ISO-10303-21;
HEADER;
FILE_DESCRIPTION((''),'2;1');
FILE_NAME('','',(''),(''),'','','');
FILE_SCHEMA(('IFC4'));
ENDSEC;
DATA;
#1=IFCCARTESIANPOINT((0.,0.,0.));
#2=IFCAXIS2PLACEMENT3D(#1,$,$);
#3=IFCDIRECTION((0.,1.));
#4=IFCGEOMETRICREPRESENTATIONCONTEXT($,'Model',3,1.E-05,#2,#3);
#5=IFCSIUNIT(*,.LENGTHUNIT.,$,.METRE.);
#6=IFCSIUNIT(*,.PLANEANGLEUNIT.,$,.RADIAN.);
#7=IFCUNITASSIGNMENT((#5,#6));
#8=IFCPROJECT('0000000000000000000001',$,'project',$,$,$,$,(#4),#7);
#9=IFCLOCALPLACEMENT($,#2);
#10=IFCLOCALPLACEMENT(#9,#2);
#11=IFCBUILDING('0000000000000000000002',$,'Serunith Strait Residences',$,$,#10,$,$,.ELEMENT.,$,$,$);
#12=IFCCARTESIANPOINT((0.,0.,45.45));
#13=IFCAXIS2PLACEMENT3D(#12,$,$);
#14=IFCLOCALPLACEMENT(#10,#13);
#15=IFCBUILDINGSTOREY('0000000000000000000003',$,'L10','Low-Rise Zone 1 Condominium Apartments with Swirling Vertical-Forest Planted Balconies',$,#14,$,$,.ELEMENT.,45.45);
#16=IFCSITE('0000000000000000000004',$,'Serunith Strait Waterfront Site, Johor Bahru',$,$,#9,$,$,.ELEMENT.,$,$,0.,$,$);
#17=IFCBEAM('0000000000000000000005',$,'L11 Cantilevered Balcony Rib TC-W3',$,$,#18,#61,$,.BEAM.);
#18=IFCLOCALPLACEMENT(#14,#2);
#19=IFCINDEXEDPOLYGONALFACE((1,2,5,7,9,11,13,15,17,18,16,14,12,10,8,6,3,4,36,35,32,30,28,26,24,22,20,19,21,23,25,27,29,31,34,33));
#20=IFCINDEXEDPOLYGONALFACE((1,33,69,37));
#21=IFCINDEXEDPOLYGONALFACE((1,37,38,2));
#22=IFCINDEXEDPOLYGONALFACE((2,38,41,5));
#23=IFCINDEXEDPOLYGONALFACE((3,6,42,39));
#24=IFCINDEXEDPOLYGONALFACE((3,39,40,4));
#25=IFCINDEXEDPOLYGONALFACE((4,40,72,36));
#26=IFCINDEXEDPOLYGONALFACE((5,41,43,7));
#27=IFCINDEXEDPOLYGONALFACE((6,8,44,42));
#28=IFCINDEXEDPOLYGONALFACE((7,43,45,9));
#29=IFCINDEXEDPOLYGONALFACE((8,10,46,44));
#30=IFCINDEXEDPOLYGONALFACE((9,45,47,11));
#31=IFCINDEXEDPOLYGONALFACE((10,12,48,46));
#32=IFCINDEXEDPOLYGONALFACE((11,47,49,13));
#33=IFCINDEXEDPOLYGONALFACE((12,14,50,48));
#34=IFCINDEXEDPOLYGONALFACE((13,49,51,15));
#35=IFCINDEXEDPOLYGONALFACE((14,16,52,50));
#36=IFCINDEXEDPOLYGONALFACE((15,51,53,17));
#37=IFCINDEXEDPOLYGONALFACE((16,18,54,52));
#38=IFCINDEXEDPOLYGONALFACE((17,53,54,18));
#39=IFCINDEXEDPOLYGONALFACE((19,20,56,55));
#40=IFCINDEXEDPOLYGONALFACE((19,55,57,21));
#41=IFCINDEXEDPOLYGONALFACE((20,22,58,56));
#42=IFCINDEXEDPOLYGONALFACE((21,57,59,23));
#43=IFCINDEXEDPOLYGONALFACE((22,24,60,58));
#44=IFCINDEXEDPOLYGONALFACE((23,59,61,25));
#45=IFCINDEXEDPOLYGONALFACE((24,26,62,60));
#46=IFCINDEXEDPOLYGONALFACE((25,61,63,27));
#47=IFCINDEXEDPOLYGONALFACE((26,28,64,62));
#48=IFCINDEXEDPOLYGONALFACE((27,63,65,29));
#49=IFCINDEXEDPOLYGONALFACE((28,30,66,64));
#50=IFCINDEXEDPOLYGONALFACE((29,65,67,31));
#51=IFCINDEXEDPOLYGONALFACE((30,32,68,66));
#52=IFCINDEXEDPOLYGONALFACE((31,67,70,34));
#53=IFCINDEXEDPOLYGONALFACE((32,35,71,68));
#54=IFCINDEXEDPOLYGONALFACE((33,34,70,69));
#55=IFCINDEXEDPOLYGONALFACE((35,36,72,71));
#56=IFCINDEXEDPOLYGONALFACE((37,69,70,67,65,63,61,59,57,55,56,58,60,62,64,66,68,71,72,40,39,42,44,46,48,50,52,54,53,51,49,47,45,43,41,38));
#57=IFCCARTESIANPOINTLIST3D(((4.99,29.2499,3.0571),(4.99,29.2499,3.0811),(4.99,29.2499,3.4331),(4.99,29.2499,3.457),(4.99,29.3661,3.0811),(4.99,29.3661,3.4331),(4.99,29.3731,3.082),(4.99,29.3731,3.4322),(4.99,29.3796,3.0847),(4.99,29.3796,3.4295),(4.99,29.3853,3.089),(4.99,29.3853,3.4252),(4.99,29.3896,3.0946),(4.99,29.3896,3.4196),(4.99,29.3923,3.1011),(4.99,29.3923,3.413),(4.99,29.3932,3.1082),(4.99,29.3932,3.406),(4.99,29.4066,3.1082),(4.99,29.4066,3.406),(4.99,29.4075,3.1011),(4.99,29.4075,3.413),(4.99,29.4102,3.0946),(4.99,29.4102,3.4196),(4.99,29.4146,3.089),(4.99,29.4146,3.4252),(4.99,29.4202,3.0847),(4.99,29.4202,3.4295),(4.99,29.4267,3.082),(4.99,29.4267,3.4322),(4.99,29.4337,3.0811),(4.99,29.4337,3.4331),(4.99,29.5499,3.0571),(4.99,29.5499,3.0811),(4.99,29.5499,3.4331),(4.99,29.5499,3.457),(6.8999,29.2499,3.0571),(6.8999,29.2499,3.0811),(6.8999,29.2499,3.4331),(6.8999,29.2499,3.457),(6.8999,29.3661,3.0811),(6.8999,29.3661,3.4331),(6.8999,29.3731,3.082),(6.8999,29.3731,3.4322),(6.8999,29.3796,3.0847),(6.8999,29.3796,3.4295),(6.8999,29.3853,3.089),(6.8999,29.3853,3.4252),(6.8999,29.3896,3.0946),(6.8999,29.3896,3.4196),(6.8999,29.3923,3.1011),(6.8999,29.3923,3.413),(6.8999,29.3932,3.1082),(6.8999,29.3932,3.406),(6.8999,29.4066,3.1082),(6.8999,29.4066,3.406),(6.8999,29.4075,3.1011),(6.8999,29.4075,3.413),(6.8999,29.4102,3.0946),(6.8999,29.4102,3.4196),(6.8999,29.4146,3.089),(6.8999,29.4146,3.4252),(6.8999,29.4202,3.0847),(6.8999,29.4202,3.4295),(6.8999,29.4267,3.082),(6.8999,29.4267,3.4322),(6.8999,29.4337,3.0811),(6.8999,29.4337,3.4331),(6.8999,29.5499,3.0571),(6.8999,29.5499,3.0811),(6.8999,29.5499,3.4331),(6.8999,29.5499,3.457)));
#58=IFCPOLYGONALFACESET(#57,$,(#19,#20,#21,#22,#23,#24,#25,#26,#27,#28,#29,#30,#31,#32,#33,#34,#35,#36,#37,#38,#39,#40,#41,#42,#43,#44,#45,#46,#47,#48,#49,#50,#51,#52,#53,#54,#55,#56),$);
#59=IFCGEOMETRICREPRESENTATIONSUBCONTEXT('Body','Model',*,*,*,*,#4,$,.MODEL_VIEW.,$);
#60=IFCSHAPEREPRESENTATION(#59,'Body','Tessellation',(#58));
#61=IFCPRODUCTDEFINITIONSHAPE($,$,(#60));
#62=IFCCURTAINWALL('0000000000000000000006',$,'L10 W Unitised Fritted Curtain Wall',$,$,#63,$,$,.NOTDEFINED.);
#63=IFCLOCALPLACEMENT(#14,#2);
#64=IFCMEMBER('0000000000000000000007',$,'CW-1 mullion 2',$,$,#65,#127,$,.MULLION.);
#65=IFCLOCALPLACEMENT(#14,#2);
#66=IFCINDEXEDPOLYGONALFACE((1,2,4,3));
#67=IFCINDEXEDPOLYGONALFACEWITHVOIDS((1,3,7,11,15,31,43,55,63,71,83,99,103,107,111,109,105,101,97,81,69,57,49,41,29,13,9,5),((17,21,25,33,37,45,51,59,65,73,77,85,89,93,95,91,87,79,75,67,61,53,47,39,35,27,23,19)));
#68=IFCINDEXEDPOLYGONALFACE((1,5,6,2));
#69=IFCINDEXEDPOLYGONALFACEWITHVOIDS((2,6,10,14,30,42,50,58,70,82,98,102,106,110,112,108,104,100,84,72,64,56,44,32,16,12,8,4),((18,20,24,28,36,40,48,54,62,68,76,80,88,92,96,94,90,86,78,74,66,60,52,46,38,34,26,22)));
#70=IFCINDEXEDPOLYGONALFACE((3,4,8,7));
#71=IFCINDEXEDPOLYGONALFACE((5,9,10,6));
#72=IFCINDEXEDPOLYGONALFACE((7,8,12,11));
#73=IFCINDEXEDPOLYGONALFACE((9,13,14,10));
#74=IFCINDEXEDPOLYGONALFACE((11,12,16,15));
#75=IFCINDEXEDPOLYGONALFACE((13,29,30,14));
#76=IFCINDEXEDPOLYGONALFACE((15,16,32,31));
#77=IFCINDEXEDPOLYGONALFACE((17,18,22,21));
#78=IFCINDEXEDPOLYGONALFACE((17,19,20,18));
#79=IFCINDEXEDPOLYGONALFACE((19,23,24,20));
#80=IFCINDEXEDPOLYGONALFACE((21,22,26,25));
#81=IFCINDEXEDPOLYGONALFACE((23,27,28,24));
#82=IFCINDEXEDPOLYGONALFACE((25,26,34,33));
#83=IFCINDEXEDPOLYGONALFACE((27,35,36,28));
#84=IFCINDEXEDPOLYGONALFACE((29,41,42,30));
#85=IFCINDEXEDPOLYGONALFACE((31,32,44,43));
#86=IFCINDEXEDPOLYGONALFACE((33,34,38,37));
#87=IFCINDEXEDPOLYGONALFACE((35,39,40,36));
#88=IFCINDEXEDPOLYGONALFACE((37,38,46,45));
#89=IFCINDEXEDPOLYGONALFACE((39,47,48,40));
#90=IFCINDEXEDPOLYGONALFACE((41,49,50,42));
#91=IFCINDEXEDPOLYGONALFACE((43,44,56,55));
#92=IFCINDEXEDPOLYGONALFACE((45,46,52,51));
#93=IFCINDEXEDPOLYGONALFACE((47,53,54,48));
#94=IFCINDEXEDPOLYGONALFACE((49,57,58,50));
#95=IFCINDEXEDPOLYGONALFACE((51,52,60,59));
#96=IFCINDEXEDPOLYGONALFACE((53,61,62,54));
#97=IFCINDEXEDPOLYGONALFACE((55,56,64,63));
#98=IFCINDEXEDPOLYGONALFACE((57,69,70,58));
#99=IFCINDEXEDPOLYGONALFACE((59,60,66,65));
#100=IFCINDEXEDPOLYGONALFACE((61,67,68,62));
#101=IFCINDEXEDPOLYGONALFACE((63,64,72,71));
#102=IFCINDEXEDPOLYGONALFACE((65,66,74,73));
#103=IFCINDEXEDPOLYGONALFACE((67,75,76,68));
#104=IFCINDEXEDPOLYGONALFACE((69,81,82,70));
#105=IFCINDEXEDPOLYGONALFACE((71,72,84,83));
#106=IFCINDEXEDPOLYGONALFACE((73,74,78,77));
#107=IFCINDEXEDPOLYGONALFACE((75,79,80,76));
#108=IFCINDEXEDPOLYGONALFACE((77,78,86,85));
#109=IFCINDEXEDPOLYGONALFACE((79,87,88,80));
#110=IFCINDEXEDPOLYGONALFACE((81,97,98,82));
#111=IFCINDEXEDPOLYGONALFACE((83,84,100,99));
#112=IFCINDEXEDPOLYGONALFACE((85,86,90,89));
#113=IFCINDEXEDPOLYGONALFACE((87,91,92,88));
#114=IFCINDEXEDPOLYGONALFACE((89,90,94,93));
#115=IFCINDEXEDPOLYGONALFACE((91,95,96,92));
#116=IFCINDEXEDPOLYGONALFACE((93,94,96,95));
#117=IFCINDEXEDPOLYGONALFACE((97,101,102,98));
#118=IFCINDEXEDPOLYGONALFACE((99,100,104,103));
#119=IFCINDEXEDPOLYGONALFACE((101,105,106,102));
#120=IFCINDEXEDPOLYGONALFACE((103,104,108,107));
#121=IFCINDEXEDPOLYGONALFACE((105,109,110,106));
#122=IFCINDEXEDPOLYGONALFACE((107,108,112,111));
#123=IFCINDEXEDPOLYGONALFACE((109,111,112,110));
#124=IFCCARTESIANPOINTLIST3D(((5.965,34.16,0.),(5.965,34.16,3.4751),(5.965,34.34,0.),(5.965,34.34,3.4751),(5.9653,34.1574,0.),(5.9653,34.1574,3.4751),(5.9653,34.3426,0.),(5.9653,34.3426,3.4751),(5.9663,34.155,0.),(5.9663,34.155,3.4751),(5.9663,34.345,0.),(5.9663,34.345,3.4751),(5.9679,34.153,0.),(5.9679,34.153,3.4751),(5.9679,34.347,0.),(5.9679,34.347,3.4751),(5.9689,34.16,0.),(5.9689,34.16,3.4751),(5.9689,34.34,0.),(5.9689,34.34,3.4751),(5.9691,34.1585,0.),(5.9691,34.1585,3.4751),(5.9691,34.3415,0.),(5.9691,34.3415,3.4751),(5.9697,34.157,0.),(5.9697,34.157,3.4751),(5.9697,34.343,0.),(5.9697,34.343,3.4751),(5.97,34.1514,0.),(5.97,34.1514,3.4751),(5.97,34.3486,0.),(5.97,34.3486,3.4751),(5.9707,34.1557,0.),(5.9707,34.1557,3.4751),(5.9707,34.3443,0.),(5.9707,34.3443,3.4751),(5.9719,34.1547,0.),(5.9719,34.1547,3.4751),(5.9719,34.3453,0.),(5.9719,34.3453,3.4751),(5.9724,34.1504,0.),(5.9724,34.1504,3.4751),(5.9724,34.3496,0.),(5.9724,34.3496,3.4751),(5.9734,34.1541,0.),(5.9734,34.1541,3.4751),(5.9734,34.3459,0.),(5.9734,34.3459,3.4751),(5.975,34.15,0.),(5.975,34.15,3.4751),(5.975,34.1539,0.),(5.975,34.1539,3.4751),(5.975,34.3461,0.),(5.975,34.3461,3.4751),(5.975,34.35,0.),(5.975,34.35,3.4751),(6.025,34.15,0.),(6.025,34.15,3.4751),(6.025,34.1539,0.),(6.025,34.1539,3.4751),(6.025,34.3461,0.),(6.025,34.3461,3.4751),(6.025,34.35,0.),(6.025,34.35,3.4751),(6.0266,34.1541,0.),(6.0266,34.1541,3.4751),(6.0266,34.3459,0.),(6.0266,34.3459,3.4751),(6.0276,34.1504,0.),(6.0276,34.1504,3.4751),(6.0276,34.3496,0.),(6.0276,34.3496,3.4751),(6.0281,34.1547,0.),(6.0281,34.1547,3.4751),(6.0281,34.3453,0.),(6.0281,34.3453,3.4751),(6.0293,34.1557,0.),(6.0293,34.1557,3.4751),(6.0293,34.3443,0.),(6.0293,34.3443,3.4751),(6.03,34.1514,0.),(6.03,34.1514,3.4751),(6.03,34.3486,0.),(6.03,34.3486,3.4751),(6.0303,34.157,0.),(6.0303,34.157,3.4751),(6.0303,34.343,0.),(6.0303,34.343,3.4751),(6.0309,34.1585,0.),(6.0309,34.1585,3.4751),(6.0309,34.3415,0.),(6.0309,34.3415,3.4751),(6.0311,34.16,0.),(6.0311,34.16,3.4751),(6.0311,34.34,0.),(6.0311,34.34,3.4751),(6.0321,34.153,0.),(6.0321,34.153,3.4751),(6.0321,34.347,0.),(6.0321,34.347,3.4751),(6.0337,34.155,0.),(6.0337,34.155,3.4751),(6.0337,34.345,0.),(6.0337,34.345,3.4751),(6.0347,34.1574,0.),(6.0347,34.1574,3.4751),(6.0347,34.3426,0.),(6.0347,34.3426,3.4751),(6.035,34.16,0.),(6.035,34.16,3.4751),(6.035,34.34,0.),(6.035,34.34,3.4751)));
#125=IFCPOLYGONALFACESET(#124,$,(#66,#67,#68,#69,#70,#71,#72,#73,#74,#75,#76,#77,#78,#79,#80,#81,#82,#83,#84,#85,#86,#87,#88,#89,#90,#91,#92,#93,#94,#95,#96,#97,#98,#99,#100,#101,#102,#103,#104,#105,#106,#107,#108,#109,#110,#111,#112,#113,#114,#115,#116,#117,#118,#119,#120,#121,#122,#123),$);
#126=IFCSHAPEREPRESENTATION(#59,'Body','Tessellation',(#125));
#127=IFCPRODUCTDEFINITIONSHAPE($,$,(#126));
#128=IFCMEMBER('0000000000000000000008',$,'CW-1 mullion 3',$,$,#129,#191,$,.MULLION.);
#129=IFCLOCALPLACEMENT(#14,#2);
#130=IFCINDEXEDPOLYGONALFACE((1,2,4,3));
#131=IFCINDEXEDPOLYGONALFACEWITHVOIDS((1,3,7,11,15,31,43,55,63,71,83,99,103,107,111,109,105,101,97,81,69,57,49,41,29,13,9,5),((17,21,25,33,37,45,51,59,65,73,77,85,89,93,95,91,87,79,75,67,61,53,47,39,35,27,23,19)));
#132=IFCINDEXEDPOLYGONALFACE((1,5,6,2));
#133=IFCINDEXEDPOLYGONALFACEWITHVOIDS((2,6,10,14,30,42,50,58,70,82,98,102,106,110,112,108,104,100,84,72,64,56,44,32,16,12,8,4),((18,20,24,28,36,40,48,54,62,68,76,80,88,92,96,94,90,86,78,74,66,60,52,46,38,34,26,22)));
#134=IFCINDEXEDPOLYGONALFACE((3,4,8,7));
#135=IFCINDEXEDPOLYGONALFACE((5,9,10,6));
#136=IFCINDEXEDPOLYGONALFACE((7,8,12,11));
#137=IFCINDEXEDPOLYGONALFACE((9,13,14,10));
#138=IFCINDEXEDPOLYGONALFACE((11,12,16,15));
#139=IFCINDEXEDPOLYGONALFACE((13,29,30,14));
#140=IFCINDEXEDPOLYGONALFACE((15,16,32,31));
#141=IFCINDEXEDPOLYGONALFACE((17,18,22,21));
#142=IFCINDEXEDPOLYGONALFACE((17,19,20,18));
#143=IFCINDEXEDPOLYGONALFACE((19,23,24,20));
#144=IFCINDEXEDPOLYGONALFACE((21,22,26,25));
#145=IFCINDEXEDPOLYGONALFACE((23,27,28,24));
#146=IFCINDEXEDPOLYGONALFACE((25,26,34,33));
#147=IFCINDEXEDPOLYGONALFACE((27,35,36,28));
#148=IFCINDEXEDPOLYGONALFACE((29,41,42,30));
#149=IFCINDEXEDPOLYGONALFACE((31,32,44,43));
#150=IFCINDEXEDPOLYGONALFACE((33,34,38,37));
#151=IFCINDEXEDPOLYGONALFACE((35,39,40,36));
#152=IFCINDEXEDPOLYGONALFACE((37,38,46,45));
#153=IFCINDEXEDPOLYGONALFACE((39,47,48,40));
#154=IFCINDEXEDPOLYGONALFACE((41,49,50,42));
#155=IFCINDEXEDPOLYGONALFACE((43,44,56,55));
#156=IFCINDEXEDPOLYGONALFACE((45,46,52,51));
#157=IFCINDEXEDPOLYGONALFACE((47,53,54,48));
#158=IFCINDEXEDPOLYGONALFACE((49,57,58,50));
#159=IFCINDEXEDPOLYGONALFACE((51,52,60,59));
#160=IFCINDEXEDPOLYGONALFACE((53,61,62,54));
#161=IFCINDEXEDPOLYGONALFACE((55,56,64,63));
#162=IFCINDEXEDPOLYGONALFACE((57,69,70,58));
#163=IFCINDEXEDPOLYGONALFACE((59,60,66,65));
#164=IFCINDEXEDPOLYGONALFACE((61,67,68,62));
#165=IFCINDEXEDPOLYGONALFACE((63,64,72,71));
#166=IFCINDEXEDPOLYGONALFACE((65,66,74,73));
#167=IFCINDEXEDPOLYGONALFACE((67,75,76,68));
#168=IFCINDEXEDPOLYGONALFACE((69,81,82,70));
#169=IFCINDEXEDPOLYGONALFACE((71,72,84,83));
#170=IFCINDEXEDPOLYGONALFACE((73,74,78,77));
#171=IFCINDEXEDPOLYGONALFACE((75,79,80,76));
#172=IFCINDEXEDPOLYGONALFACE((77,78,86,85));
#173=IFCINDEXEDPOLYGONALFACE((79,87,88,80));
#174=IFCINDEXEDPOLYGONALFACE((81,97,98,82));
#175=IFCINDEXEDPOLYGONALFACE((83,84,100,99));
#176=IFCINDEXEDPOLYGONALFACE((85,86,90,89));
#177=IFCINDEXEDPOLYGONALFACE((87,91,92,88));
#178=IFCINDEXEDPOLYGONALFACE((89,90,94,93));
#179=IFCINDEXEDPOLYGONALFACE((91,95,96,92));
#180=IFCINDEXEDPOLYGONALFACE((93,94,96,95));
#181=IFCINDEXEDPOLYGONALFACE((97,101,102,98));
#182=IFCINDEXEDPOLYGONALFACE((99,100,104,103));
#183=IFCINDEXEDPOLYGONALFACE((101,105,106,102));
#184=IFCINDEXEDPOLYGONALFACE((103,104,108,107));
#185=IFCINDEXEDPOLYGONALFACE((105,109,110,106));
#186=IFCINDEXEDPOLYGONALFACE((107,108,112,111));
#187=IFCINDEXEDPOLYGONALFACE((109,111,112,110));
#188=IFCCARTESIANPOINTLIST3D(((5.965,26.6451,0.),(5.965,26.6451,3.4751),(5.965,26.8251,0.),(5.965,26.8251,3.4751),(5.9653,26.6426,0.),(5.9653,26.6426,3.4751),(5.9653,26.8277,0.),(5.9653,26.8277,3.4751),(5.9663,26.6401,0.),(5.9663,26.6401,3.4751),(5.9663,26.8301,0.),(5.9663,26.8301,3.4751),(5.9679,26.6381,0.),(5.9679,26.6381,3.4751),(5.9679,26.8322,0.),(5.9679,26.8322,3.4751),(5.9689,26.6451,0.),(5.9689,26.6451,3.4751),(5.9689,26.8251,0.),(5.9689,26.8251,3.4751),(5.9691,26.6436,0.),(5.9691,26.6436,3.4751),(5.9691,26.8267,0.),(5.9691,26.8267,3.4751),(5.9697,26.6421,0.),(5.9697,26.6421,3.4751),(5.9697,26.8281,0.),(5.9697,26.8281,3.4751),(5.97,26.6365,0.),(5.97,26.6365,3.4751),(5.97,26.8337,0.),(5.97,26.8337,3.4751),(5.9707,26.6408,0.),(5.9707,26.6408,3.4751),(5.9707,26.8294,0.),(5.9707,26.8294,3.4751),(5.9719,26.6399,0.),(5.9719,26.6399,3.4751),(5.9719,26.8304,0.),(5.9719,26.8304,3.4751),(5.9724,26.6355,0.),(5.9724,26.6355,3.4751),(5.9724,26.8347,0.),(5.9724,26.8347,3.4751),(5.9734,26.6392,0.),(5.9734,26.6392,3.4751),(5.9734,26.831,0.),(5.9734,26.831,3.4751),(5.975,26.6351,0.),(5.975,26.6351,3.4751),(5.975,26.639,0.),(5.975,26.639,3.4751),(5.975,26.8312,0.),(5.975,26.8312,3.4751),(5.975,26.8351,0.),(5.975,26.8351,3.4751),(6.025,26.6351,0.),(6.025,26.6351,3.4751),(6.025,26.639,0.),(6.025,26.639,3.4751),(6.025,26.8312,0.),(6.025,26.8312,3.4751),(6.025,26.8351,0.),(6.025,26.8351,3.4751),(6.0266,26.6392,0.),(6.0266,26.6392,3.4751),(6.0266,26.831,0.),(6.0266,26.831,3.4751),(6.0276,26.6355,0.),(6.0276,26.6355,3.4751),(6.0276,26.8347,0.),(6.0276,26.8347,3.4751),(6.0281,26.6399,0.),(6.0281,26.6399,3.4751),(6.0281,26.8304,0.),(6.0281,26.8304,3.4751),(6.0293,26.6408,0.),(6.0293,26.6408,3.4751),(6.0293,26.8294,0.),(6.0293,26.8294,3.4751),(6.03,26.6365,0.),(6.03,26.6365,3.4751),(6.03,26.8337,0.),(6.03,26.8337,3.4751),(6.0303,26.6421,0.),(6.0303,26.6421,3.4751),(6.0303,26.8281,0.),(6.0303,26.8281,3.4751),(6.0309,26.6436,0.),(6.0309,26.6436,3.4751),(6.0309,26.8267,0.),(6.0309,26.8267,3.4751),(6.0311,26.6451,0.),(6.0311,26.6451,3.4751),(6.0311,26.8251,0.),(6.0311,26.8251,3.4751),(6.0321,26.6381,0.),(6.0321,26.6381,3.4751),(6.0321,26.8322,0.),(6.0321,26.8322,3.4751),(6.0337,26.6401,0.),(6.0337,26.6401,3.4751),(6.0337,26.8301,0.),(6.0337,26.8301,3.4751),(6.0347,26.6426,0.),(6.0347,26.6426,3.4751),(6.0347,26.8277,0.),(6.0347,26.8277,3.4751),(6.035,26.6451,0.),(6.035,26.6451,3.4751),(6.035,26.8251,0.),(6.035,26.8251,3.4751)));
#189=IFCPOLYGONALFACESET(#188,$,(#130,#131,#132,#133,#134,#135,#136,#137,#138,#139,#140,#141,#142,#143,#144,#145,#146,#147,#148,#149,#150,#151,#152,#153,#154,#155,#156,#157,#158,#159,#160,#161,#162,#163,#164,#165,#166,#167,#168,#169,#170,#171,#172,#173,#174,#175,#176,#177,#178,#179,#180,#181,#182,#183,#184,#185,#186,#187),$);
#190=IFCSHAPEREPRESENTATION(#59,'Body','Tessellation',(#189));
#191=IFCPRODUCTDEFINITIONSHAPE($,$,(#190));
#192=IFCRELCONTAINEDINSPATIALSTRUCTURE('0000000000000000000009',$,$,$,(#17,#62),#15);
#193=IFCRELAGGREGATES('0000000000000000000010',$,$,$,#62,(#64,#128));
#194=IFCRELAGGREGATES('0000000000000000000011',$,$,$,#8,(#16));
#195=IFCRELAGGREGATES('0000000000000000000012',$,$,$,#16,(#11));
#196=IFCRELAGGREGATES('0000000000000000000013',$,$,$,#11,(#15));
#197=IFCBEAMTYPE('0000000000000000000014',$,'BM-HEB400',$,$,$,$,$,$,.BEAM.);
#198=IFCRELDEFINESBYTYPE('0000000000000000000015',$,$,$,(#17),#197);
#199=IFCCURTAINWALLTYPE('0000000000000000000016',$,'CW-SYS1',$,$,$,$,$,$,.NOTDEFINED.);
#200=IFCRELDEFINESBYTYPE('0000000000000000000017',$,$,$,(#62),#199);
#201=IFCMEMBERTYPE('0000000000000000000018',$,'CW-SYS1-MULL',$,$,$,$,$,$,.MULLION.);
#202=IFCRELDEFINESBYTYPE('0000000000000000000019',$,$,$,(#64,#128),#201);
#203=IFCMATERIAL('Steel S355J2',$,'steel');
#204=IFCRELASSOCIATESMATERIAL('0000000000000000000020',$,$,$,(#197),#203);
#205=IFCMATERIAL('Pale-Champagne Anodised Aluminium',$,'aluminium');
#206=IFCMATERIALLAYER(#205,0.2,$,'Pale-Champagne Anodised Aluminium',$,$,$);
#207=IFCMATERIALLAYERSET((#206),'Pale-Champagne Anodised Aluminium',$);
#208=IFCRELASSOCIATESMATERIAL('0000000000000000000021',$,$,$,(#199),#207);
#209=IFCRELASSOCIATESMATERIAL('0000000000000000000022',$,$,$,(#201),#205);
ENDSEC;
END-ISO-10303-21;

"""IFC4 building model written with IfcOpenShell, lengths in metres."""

from ifc_helpers import new_model, si_unit, direction, frame, origin, origin_2d, place, context, subcontext, project, spatial, hollow_rectangle, i_section, extrude, source, transform, mapped, material, layer, layer_set, material_profile, profile_set, type_object, element, aggregate, save


model = new_model("IFC4")

# Units and contexts
model_context = context("Model", 3, precision=1e-05, world=origin(), true_north=direction((0.0, 1.0)))
body_context = subcontext(model_context, "Body", "Model", "MODEL_VIEW")
ifc_project = project(units=[si_unit("LENGTHUNIT", "METRE"), si_unit("PLANEANGLEUNIT", "RADIAN")], contexts=[model_context])

# Site, building, storey
site_placement = place(None, origin())
site = spatial("IfcSite", under=ifc_project, at=site_placement, Name="Serunith Strait Waterfront Site, Johor Bahru", CompositionType="ELEMENT", RefElevation=0.0)
building_placement = place(site_placement, origin())
building = spatial("IfcBuilding", under=site, at=building_placement, Name="Serunith Strait Residences", CompositionType="ELEMENT")
storey_placement = place(building_placement, frame((0.0, 0.0, 45.45)))
storey = spatial("IfcBuildingStorey", under=building, at=storey_placement, Name="L10", Description="Low-Rise Zone 1 Condominium Apartments with Swirling Vertical-Forest Planted Balconies", CompositionType="ELEMENT", Elevation=45.45)

# Beam
ifc_material_1 = material(Name="Steel S355J2", Category="steel")
ifc_material_profile_1 = material_profile(ifc_material_1, i_section(OverallWidth=0.3, OverallDepth=0.3999, WebThickness=0.0134, FlangeThickness=0.0239, FilletRadius=0.0271, at=origin_2d()), Name="HEB 400")
ifc_profile_set_1 = profile_set([ifc_material_profile_1], Name="Steel S355J2")
beam_type_1 = type_object("IfcBeamType", Name="BM-HEB400", PredefinedType="BEAM", material=ifc_profile_set_1)
shared_shape_1 = source(origin(), body_context, "Body", "SweptSolid", [
    extrude(i_section(OverallWidth=0.3, OverallDepth=0.3999, WebThickness=0.0134, FlangeThickness=0.0239, FilletRadius=0.0271, at=origin_2d()), origin(), (0.0, 0.0, 1.0), 1.9099),
])
beam_1_placement = place(storey_placement, frame((6.8999, 29.3999, 3.2571), z_axis=(-1.0, 0.0, 0.0), x_axis=(0.0, -1.0, 0.0)))
element("IfcBeam", 1, at=beam_1_placement, inside=storey, type_object=beam_type_1, Name="L11 Cantilevered Balcony Rib TC-W3", PredefinedType="BEAM", context=body_context, shape_type="MappedRepresentation", body=[
    mapped(shared_shape_1, transform((0.0, 0.0, 0.0), scale=1.0)),
])

# Curtain wall, members
ifc_material_2 = material(Name="Pale-Champagne Anodised Aluminium", Category="aluminium")
ifc_layer_1 = layer(ifc_material_2, 0.2, Name="Pale-Champagne Anodised Aluminium")
ifc_layer_set_1 = layer_set([ifc_layer_1], Name="Pale-Champagne Anodised Aluminium")
curtain_wall_type = type_object("IfcCurtainWallType", Name="CW-SYS1", PredefinedType="NOTDEFINED", material=ifc_layer_set_1)
curtain_wall_placement = place(storey_placement, origin())
curtain_wall = element("IfcCurtainWall", 2, at=curtain_wall_placement, inside=storey, type_object=curtain_wall_type, Name="L10 W Unitised Fritted Curtain Wall", PredefinedType="NOTDEFINED")
ifc_material_profile_2 = material_profile(ifc_material_2, hollow_rectangle(XDim=0.0701, YDim=0.2, WallThickness=0.0039, InnerFilletRadius=0.0061, OuterFilletRadius=0.01, at=origin_2d()), Name="ALU 200x70x4")
ifc_profile_set_2 = profile_set([ifc_material_profile_2], Name="Pale-Champagne Anodised Aluminium")
member_type_1 = type_object("IfcMemberType", Name="CW-SYS1-MULL", PredefinedType="MULLION", material=ifc_profile_set_2)
shared_shape_2 = source(origin(), body_context, "Body", "SweptSolid", [
    extrude(hollow_rectangle(XDim=0.0701, YDim=0.2, WallThickness=0.0039, InnerFilletRadius=0.0061, OuterFilletRadius=0.01, at=origin_2d()), origin(), (0.0, 0.0, 1.0), 3.4751),
])
member_1_placement = place(storey_placement, frame((6.0, 34.25, 0.0), z_axis=(0.0, 0.0, 1.0), x_axis=(1.0, 0.0, 0.0)))
member_1 = element("IfcMember", 3, at=member_1_placement, type_object=member_type_1, Name="CW-1 mullion 2", PredefinedType="MULLION", context=body_context, shape_type="MappedRepresentation", body=[
    mapped(shared_shape_2, transform((0.0, 0.0, 0.0), scale=1.0)),
])
member_2_placement = place(storey_placement, frame((6.0, 26.7351, 0.0), z_axis=(0.0, 0.0, 1.0), x_axis=(1.0, 0.0, 0.0)))
member_2 = element("IfcMember", 4, at=member_2_placement, type_object=member_type_1, Name="CW-1 mullion 3", PredefinedType="MULLION", context=body_context, shape_type="MappedRepresentation", body=[
    mapped(shared_shape_2, transform((0.0, 0.0, 0.0), scale=1.0)),
])
aggregate(curtain_wall, [member_1, member_2])

save(model, "model.ifc")
